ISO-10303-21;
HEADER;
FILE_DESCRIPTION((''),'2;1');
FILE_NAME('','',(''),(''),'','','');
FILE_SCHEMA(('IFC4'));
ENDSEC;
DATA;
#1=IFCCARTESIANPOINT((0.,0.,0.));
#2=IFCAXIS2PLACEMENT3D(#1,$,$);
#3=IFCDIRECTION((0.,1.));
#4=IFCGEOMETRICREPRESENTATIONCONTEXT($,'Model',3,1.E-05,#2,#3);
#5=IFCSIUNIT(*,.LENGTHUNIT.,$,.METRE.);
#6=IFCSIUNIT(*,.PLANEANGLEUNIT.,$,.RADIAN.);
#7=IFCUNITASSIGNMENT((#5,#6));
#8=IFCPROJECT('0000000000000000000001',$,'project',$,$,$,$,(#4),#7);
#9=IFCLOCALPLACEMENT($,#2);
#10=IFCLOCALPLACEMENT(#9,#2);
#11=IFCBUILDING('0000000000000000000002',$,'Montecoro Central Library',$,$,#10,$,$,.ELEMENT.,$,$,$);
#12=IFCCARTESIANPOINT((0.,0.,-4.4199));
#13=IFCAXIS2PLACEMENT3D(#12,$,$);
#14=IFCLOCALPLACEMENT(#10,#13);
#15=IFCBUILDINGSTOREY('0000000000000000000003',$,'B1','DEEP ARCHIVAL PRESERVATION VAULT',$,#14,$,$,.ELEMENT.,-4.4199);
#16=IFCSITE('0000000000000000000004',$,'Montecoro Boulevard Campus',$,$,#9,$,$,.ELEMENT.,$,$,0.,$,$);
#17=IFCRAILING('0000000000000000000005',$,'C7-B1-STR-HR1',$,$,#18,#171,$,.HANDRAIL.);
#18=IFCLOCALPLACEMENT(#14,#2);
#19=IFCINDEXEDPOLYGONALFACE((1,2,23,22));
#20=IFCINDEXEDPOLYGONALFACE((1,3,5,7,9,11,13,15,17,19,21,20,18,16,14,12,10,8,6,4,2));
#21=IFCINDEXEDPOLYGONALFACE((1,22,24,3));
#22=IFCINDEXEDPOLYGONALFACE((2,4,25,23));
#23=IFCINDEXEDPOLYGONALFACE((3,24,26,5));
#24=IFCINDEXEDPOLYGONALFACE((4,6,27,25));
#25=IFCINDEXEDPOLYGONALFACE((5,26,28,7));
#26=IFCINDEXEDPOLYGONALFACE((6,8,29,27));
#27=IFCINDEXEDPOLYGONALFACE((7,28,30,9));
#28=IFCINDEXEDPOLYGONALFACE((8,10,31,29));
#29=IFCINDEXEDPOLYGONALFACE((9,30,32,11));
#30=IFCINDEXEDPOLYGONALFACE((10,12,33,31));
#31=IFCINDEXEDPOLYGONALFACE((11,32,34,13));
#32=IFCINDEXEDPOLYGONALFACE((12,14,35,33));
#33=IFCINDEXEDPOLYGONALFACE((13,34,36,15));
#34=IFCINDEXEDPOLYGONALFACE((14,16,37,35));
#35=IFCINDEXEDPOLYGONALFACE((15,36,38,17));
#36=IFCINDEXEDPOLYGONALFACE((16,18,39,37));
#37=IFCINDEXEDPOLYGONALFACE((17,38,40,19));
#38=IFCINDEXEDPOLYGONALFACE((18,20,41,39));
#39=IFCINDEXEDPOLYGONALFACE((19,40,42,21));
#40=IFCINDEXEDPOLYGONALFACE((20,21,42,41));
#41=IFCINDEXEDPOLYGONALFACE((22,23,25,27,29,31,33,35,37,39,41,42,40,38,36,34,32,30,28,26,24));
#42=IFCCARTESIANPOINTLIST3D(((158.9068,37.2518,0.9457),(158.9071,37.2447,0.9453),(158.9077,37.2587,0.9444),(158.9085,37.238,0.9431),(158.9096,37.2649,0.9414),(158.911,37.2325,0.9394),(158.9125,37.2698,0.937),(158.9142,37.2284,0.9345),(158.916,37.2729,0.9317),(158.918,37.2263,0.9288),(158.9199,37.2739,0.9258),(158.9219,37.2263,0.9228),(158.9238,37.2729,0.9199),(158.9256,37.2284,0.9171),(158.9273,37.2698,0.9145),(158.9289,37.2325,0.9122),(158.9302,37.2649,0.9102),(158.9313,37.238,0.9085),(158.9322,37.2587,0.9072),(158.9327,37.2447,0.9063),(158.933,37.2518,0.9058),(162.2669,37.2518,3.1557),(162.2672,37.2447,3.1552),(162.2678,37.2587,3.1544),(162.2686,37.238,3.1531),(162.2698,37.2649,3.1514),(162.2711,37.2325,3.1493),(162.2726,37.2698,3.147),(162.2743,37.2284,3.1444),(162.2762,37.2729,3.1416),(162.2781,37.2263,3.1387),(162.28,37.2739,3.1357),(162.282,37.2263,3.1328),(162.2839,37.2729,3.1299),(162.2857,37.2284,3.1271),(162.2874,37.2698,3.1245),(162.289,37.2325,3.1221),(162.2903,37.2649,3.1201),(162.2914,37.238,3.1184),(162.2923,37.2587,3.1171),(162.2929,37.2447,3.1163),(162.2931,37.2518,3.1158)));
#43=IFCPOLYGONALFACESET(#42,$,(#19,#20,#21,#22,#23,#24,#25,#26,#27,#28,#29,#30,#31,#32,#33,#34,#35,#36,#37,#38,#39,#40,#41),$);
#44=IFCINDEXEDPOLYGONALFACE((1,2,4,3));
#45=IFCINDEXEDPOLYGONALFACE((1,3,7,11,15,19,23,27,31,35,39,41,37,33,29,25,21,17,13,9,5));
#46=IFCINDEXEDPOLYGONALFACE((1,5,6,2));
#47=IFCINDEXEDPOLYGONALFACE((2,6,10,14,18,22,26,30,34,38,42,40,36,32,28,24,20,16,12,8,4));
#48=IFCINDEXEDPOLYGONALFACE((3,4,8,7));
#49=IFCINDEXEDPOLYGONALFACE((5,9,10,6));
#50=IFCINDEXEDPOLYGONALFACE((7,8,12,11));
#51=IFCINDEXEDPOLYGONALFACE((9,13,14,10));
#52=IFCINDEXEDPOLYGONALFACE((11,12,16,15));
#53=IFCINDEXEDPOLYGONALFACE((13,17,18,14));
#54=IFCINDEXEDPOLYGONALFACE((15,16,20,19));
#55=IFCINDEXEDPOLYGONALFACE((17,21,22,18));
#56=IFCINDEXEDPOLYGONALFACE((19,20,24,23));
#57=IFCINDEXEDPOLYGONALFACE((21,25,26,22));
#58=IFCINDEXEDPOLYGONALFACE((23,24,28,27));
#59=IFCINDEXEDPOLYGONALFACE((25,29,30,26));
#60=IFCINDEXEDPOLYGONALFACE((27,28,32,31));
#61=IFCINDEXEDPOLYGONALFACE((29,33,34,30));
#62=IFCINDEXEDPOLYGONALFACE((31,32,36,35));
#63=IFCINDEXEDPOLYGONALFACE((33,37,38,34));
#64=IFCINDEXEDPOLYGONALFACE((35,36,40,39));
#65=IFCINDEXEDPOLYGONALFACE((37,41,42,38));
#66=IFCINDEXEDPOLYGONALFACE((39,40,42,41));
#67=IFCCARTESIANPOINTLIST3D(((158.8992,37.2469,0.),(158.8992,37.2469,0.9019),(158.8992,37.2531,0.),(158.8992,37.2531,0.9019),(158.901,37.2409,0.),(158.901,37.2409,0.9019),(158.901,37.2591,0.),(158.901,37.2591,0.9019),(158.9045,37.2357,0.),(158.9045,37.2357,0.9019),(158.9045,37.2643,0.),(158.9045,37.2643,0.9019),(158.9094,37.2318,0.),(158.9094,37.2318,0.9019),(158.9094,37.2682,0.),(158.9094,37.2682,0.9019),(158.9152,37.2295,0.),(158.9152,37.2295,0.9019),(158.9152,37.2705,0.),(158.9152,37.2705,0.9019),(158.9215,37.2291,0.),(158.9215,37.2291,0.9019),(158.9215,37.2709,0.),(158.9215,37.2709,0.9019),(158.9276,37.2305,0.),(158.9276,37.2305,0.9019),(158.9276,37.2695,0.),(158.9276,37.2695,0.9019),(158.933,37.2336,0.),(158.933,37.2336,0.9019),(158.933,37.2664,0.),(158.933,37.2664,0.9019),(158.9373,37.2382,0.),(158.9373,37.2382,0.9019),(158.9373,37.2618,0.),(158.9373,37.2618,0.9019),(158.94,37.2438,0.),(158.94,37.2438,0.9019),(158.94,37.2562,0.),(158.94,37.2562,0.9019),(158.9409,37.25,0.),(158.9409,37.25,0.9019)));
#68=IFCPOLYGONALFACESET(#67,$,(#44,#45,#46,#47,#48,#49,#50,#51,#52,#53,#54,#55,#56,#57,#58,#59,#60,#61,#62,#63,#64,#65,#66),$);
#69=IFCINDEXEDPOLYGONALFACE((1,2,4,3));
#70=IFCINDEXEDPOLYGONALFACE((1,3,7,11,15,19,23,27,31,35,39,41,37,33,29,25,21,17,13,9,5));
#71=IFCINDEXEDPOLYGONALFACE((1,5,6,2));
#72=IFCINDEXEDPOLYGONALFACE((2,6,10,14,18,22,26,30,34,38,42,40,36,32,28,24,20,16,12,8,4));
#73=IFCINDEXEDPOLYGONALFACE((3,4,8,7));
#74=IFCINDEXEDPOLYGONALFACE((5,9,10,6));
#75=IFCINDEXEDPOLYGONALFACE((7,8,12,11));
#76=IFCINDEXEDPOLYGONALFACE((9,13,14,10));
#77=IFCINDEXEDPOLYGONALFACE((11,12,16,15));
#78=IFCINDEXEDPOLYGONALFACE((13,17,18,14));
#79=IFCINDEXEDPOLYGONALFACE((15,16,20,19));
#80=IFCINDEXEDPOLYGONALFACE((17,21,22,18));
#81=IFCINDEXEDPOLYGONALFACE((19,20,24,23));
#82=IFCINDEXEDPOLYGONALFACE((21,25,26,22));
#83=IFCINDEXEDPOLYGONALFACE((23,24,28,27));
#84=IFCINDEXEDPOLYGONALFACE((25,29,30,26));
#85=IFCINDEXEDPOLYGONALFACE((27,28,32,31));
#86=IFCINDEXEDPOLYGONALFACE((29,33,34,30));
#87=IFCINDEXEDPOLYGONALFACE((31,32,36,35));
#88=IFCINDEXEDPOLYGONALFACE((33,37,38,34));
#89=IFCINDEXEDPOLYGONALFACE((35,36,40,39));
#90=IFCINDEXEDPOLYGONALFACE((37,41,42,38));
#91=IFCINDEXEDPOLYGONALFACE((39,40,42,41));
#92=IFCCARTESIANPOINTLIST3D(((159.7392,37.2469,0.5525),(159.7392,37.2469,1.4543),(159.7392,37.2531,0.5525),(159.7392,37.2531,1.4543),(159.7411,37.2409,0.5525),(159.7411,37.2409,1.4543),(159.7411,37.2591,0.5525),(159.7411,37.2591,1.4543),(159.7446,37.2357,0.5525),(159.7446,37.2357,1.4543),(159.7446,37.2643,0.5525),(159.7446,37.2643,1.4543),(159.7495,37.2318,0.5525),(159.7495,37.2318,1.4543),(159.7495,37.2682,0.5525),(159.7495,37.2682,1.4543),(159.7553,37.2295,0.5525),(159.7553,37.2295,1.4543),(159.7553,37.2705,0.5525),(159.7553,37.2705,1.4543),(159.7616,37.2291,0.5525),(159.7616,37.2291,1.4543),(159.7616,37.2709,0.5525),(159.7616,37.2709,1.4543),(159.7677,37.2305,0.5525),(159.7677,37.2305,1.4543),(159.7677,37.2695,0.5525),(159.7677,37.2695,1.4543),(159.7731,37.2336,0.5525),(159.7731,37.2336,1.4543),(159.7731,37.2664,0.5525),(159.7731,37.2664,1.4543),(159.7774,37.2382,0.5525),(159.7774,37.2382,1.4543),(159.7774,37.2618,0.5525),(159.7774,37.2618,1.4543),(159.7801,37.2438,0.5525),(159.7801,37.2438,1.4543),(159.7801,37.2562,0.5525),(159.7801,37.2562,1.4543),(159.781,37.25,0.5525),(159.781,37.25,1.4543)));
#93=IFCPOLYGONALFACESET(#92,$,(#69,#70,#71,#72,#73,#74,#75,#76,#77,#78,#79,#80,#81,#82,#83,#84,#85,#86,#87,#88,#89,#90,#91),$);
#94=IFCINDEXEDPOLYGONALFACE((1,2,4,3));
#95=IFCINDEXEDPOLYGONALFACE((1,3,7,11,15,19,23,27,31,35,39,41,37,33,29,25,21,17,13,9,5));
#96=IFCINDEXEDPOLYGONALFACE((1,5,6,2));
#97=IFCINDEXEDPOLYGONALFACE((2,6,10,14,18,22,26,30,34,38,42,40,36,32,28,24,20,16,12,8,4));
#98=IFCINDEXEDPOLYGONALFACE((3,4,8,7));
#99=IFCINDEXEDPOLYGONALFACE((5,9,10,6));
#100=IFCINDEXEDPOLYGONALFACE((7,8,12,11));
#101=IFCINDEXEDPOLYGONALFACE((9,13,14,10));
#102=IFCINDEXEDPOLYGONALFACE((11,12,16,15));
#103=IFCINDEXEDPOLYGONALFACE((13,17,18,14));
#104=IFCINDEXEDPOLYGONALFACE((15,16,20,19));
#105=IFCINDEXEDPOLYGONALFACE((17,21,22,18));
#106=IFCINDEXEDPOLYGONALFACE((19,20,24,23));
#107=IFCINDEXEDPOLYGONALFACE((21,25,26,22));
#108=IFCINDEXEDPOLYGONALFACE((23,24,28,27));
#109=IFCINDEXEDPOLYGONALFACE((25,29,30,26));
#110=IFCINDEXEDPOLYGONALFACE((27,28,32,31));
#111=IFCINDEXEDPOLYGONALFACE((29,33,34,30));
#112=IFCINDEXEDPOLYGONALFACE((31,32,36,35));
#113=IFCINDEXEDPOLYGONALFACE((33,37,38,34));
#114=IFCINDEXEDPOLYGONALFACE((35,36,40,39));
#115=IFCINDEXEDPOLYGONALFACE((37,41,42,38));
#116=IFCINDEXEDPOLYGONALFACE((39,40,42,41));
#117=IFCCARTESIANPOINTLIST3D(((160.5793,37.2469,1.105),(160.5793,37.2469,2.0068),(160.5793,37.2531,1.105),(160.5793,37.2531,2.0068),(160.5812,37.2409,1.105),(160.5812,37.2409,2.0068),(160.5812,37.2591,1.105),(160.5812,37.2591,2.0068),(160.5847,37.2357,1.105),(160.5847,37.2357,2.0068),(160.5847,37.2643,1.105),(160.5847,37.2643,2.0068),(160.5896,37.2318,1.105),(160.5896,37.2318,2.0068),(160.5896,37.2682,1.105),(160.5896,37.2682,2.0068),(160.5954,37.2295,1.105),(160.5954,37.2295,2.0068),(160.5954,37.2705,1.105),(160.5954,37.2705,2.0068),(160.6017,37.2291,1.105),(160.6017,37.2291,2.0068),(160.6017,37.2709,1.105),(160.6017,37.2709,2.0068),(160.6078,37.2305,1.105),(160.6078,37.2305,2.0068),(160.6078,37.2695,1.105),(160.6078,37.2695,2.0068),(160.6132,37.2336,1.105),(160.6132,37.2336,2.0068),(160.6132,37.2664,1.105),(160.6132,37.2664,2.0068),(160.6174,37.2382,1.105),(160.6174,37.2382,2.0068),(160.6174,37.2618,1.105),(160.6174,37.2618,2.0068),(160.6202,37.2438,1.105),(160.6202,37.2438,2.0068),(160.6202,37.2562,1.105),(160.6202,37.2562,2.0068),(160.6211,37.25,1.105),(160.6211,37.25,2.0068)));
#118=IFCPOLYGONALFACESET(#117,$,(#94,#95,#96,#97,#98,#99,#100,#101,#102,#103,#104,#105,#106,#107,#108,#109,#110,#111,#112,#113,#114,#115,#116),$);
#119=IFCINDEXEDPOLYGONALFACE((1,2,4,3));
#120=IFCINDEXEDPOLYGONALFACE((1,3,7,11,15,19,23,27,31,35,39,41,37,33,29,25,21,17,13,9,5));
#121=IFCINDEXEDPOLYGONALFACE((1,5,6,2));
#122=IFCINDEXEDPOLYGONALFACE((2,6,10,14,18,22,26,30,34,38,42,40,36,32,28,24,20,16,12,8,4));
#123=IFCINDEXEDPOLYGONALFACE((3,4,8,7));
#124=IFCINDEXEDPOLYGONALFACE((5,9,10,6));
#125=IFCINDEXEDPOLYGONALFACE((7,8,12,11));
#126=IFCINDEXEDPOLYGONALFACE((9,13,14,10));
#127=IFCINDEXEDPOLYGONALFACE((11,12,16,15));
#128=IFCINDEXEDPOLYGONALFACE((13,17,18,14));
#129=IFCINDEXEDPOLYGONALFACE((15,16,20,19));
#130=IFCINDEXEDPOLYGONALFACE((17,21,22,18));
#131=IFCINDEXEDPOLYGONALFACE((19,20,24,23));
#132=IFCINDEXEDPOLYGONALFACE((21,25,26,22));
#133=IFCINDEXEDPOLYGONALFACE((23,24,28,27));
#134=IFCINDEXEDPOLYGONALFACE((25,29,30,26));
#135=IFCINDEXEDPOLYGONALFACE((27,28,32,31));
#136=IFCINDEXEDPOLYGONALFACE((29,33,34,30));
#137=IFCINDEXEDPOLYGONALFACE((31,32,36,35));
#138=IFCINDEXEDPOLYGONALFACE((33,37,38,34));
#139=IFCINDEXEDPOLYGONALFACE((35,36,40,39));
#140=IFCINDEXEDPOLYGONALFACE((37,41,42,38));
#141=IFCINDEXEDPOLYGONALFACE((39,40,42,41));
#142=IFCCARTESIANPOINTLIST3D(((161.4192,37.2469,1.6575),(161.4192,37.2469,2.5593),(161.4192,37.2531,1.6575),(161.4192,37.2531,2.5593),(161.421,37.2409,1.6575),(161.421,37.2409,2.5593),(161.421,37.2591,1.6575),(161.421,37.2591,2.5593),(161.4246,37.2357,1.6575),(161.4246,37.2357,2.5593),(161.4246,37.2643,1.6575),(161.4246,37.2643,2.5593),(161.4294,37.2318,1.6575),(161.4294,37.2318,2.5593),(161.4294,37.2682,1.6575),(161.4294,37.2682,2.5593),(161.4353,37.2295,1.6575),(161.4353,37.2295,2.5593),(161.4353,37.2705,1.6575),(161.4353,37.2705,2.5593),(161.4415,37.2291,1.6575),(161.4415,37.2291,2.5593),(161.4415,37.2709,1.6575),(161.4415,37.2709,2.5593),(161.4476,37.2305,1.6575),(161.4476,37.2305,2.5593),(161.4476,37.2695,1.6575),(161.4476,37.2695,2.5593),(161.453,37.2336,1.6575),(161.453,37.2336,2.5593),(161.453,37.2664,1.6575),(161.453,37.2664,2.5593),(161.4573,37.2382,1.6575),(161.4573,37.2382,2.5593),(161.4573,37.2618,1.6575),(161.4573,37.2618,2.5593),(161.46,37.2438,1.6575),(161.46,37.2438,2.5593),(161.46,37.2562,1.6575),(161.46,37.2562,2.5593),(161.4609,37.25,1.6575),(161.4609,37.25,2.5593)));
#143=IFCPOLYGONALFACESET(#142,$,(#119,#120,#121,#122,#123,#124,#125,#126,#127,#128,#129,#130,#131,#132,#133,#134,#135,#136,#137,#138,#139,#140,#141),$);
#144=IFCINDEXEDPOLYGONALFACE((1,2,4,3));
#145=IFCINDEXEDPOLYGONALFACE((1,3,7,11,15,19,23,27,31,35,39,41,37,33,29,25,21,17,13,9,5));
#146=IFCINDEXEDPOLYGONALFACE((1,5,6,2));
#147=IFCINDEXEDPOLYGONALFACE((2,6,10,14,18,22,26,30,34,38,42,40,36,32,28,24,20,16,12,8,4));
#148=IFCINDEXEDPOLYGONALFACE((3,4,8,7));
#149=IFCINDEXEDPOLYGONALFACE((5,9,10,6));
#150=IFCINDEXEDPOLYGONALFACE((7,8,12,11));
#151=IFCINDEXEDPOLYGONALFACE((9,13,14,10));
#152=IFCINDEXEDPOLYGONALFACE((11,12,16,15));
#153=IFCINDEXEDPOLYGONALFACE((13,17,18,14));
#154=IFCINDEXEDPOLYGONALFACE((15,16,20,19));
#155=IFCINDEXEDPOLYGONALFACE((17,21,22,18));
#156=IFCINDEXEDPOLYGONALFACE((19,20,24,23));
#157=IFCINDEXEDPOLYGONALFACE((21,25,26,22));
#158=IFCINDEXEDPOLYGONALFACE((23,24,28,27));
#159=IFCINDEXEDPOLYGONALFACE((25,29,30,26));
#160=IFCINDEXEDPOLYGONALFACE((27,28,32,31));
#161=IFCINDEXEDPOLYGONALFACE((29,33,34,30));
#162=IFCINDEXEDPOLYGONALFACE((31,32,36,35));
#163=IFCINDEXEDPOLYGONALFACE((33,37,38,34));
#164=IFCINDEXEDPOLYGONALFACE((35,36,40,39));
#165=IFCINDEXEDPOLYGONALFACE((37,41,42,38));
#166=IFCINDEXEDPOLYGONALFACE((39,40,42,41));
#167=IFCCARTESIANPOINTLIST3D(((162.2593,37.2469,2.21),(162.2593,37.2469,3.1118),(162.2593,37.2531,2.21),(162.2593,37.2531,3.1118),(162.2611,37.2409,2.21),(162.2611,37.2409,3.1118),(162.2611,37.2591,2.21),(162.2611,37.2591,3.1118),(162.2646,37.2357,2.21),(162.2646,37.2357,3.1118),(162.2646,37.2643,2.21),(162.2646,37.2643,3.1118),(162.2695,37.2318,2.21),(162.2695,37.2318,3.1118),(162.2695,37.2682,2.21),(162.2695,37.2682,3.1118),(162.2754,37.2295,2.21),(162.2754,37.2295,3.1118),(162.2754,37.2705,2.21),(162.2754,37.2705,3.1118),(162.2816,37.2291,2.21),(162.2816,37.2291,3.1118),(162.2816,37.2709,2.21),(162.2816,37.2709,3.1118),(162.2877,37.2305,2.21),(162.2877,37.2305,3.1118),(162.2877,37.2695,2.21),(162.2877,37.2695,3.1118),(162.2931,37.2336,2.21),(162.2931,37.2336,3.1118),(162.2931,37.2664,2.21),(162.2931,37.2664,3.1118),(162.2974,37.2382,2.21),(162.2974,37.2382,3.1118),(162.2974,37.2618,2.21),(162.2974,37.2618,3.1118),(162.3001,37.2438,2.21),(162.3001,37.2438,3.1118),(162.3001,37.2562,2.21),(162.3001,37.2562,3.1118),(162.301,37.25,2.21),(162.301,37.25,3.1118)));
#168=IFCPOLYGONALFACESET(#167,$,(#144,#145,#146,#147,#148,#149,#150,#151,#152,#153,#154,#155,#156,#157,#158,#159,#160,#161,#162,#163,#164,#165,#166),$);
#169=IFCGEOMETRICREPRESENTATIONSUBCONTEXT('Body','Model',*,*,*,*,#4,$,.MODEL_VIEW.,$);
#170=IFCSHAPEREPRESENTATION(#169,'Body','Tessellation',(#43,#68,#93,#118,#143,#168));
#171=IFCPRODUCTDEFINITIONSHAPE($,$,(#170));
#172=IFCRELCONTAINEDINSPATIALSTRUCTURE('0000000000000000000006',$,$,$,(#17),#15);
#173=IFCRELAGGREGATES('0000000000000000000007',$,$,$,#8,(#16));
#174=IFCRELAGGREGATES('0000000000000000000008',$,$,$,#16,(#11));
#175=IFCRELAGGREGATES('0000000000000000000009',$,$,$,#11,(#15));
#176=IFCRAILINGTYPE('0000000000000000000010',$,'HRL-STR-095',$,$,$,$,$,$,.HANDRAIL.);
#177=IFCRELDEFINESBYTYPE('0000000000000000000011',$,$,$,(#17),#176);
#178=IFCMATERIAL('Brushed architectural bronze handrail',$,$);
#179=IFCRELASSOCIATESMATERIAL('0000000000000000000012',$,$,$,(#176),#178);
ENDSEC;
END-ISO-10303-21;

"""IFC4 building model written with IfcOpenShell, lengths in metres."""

from ifc_helpers import new_model, si_unit, direction, frame, origin, origin_2d, place, context, subcontext, project, spatial, circle, extrude, material, type_object, element, save


model = new_model("IFC4")

# Units and contexts
model_context = context("Model", 3, precision=1e-05, world=origin(), true_north=direction((0.0, 1.0)))
body_context = subcontext(model_context, "Body", "Model", "MODEL_VIEW")
ifc_project = project(units=[si_unit("LENGTHUNIT", "METRE"), si_unit("PLANEANGLEUNIT", "RADIAN")], contexts=[model_context])

# Site, building, storey
site_placement = place(None, origin())
site = spatial("IfcSite", under=ifc_project, at=site_placement, Name="Montecoro Boulevard Campus", CompositionType="ELEMENT", RefElevation=0.0)
building_placement = place(site_placement, origin())
building = spatial("IfcBuilding", under=site, at=building_placement, Name="Montecoro Central Library", CompositionType="ELEMENT")
storey_placement = place(building_placement, frame((0.0, 0.0, -4.4199)))
storey = spatial("IfcBuildingStorey", under=building, at=storey_placement, Name="B1", Description="DEEP ARCHIVAL PRESERVATION VAULT", CompositionType="ELEMENT", Elevation=-4.4199)

# Railing
ifc_material_1 = material(Name="Brushed architectural bronze handrail")
railing_type_1 = type_object("IfcRailingType", Name="HRL-STR-095", PredefinedType="HANDRAIL", material=ifc_material_1)
railing_1_placement = place(storey_placement, frame((158.9199, 37.25, 0.0)))
element("IfcRailing", 1, at=railing_1_placement, inside=storey, type_object=railing_type_1, Name="C7-B1-STR-HR1", PredefinedType="HANDRAIL", context=body_context, shape_type="SweptSolid", body=[
    extrude(circle(Radius=0.0239, at=origin_2d()), frame((0.0, 0.0, 0.9258), z_axis=(0.83549, 0.0, 0.549506), x_axis=(0.0, 1.0, 0.0)), (0.0, 0.0, 1.0), 4.0217),
    extrude(circle(Radius=0.021, at=origin_2d()), origin(), (0.0, 0.0, 1.0), 0.9019),
    extrude(circle(Radius=0.021, at=origin_2d()), frame((0.8401, 0.0, 0.5525)), (0.0, 0.0, 1.0), 0.9019),
    extrude(circle(Radius=0.021, at=origin_2d()), frame((1.6802, 0.0, 1.105)), (0.0, 0.0, 1.0), 0.9019),
    extrude(circle(Radius=0.021, at=origin_2d()), frame((2.52, 0.0, 1.6575)), (0.0, 0.0, 1.0), 0.9019),
    extrude(circle(Radius=0.021, at=origin_2d()), frame((3.3601, 0.0, 2.21)), (0.0, 0.0, 1.0), 0.9019),
])

save(model, "model.ifc")
